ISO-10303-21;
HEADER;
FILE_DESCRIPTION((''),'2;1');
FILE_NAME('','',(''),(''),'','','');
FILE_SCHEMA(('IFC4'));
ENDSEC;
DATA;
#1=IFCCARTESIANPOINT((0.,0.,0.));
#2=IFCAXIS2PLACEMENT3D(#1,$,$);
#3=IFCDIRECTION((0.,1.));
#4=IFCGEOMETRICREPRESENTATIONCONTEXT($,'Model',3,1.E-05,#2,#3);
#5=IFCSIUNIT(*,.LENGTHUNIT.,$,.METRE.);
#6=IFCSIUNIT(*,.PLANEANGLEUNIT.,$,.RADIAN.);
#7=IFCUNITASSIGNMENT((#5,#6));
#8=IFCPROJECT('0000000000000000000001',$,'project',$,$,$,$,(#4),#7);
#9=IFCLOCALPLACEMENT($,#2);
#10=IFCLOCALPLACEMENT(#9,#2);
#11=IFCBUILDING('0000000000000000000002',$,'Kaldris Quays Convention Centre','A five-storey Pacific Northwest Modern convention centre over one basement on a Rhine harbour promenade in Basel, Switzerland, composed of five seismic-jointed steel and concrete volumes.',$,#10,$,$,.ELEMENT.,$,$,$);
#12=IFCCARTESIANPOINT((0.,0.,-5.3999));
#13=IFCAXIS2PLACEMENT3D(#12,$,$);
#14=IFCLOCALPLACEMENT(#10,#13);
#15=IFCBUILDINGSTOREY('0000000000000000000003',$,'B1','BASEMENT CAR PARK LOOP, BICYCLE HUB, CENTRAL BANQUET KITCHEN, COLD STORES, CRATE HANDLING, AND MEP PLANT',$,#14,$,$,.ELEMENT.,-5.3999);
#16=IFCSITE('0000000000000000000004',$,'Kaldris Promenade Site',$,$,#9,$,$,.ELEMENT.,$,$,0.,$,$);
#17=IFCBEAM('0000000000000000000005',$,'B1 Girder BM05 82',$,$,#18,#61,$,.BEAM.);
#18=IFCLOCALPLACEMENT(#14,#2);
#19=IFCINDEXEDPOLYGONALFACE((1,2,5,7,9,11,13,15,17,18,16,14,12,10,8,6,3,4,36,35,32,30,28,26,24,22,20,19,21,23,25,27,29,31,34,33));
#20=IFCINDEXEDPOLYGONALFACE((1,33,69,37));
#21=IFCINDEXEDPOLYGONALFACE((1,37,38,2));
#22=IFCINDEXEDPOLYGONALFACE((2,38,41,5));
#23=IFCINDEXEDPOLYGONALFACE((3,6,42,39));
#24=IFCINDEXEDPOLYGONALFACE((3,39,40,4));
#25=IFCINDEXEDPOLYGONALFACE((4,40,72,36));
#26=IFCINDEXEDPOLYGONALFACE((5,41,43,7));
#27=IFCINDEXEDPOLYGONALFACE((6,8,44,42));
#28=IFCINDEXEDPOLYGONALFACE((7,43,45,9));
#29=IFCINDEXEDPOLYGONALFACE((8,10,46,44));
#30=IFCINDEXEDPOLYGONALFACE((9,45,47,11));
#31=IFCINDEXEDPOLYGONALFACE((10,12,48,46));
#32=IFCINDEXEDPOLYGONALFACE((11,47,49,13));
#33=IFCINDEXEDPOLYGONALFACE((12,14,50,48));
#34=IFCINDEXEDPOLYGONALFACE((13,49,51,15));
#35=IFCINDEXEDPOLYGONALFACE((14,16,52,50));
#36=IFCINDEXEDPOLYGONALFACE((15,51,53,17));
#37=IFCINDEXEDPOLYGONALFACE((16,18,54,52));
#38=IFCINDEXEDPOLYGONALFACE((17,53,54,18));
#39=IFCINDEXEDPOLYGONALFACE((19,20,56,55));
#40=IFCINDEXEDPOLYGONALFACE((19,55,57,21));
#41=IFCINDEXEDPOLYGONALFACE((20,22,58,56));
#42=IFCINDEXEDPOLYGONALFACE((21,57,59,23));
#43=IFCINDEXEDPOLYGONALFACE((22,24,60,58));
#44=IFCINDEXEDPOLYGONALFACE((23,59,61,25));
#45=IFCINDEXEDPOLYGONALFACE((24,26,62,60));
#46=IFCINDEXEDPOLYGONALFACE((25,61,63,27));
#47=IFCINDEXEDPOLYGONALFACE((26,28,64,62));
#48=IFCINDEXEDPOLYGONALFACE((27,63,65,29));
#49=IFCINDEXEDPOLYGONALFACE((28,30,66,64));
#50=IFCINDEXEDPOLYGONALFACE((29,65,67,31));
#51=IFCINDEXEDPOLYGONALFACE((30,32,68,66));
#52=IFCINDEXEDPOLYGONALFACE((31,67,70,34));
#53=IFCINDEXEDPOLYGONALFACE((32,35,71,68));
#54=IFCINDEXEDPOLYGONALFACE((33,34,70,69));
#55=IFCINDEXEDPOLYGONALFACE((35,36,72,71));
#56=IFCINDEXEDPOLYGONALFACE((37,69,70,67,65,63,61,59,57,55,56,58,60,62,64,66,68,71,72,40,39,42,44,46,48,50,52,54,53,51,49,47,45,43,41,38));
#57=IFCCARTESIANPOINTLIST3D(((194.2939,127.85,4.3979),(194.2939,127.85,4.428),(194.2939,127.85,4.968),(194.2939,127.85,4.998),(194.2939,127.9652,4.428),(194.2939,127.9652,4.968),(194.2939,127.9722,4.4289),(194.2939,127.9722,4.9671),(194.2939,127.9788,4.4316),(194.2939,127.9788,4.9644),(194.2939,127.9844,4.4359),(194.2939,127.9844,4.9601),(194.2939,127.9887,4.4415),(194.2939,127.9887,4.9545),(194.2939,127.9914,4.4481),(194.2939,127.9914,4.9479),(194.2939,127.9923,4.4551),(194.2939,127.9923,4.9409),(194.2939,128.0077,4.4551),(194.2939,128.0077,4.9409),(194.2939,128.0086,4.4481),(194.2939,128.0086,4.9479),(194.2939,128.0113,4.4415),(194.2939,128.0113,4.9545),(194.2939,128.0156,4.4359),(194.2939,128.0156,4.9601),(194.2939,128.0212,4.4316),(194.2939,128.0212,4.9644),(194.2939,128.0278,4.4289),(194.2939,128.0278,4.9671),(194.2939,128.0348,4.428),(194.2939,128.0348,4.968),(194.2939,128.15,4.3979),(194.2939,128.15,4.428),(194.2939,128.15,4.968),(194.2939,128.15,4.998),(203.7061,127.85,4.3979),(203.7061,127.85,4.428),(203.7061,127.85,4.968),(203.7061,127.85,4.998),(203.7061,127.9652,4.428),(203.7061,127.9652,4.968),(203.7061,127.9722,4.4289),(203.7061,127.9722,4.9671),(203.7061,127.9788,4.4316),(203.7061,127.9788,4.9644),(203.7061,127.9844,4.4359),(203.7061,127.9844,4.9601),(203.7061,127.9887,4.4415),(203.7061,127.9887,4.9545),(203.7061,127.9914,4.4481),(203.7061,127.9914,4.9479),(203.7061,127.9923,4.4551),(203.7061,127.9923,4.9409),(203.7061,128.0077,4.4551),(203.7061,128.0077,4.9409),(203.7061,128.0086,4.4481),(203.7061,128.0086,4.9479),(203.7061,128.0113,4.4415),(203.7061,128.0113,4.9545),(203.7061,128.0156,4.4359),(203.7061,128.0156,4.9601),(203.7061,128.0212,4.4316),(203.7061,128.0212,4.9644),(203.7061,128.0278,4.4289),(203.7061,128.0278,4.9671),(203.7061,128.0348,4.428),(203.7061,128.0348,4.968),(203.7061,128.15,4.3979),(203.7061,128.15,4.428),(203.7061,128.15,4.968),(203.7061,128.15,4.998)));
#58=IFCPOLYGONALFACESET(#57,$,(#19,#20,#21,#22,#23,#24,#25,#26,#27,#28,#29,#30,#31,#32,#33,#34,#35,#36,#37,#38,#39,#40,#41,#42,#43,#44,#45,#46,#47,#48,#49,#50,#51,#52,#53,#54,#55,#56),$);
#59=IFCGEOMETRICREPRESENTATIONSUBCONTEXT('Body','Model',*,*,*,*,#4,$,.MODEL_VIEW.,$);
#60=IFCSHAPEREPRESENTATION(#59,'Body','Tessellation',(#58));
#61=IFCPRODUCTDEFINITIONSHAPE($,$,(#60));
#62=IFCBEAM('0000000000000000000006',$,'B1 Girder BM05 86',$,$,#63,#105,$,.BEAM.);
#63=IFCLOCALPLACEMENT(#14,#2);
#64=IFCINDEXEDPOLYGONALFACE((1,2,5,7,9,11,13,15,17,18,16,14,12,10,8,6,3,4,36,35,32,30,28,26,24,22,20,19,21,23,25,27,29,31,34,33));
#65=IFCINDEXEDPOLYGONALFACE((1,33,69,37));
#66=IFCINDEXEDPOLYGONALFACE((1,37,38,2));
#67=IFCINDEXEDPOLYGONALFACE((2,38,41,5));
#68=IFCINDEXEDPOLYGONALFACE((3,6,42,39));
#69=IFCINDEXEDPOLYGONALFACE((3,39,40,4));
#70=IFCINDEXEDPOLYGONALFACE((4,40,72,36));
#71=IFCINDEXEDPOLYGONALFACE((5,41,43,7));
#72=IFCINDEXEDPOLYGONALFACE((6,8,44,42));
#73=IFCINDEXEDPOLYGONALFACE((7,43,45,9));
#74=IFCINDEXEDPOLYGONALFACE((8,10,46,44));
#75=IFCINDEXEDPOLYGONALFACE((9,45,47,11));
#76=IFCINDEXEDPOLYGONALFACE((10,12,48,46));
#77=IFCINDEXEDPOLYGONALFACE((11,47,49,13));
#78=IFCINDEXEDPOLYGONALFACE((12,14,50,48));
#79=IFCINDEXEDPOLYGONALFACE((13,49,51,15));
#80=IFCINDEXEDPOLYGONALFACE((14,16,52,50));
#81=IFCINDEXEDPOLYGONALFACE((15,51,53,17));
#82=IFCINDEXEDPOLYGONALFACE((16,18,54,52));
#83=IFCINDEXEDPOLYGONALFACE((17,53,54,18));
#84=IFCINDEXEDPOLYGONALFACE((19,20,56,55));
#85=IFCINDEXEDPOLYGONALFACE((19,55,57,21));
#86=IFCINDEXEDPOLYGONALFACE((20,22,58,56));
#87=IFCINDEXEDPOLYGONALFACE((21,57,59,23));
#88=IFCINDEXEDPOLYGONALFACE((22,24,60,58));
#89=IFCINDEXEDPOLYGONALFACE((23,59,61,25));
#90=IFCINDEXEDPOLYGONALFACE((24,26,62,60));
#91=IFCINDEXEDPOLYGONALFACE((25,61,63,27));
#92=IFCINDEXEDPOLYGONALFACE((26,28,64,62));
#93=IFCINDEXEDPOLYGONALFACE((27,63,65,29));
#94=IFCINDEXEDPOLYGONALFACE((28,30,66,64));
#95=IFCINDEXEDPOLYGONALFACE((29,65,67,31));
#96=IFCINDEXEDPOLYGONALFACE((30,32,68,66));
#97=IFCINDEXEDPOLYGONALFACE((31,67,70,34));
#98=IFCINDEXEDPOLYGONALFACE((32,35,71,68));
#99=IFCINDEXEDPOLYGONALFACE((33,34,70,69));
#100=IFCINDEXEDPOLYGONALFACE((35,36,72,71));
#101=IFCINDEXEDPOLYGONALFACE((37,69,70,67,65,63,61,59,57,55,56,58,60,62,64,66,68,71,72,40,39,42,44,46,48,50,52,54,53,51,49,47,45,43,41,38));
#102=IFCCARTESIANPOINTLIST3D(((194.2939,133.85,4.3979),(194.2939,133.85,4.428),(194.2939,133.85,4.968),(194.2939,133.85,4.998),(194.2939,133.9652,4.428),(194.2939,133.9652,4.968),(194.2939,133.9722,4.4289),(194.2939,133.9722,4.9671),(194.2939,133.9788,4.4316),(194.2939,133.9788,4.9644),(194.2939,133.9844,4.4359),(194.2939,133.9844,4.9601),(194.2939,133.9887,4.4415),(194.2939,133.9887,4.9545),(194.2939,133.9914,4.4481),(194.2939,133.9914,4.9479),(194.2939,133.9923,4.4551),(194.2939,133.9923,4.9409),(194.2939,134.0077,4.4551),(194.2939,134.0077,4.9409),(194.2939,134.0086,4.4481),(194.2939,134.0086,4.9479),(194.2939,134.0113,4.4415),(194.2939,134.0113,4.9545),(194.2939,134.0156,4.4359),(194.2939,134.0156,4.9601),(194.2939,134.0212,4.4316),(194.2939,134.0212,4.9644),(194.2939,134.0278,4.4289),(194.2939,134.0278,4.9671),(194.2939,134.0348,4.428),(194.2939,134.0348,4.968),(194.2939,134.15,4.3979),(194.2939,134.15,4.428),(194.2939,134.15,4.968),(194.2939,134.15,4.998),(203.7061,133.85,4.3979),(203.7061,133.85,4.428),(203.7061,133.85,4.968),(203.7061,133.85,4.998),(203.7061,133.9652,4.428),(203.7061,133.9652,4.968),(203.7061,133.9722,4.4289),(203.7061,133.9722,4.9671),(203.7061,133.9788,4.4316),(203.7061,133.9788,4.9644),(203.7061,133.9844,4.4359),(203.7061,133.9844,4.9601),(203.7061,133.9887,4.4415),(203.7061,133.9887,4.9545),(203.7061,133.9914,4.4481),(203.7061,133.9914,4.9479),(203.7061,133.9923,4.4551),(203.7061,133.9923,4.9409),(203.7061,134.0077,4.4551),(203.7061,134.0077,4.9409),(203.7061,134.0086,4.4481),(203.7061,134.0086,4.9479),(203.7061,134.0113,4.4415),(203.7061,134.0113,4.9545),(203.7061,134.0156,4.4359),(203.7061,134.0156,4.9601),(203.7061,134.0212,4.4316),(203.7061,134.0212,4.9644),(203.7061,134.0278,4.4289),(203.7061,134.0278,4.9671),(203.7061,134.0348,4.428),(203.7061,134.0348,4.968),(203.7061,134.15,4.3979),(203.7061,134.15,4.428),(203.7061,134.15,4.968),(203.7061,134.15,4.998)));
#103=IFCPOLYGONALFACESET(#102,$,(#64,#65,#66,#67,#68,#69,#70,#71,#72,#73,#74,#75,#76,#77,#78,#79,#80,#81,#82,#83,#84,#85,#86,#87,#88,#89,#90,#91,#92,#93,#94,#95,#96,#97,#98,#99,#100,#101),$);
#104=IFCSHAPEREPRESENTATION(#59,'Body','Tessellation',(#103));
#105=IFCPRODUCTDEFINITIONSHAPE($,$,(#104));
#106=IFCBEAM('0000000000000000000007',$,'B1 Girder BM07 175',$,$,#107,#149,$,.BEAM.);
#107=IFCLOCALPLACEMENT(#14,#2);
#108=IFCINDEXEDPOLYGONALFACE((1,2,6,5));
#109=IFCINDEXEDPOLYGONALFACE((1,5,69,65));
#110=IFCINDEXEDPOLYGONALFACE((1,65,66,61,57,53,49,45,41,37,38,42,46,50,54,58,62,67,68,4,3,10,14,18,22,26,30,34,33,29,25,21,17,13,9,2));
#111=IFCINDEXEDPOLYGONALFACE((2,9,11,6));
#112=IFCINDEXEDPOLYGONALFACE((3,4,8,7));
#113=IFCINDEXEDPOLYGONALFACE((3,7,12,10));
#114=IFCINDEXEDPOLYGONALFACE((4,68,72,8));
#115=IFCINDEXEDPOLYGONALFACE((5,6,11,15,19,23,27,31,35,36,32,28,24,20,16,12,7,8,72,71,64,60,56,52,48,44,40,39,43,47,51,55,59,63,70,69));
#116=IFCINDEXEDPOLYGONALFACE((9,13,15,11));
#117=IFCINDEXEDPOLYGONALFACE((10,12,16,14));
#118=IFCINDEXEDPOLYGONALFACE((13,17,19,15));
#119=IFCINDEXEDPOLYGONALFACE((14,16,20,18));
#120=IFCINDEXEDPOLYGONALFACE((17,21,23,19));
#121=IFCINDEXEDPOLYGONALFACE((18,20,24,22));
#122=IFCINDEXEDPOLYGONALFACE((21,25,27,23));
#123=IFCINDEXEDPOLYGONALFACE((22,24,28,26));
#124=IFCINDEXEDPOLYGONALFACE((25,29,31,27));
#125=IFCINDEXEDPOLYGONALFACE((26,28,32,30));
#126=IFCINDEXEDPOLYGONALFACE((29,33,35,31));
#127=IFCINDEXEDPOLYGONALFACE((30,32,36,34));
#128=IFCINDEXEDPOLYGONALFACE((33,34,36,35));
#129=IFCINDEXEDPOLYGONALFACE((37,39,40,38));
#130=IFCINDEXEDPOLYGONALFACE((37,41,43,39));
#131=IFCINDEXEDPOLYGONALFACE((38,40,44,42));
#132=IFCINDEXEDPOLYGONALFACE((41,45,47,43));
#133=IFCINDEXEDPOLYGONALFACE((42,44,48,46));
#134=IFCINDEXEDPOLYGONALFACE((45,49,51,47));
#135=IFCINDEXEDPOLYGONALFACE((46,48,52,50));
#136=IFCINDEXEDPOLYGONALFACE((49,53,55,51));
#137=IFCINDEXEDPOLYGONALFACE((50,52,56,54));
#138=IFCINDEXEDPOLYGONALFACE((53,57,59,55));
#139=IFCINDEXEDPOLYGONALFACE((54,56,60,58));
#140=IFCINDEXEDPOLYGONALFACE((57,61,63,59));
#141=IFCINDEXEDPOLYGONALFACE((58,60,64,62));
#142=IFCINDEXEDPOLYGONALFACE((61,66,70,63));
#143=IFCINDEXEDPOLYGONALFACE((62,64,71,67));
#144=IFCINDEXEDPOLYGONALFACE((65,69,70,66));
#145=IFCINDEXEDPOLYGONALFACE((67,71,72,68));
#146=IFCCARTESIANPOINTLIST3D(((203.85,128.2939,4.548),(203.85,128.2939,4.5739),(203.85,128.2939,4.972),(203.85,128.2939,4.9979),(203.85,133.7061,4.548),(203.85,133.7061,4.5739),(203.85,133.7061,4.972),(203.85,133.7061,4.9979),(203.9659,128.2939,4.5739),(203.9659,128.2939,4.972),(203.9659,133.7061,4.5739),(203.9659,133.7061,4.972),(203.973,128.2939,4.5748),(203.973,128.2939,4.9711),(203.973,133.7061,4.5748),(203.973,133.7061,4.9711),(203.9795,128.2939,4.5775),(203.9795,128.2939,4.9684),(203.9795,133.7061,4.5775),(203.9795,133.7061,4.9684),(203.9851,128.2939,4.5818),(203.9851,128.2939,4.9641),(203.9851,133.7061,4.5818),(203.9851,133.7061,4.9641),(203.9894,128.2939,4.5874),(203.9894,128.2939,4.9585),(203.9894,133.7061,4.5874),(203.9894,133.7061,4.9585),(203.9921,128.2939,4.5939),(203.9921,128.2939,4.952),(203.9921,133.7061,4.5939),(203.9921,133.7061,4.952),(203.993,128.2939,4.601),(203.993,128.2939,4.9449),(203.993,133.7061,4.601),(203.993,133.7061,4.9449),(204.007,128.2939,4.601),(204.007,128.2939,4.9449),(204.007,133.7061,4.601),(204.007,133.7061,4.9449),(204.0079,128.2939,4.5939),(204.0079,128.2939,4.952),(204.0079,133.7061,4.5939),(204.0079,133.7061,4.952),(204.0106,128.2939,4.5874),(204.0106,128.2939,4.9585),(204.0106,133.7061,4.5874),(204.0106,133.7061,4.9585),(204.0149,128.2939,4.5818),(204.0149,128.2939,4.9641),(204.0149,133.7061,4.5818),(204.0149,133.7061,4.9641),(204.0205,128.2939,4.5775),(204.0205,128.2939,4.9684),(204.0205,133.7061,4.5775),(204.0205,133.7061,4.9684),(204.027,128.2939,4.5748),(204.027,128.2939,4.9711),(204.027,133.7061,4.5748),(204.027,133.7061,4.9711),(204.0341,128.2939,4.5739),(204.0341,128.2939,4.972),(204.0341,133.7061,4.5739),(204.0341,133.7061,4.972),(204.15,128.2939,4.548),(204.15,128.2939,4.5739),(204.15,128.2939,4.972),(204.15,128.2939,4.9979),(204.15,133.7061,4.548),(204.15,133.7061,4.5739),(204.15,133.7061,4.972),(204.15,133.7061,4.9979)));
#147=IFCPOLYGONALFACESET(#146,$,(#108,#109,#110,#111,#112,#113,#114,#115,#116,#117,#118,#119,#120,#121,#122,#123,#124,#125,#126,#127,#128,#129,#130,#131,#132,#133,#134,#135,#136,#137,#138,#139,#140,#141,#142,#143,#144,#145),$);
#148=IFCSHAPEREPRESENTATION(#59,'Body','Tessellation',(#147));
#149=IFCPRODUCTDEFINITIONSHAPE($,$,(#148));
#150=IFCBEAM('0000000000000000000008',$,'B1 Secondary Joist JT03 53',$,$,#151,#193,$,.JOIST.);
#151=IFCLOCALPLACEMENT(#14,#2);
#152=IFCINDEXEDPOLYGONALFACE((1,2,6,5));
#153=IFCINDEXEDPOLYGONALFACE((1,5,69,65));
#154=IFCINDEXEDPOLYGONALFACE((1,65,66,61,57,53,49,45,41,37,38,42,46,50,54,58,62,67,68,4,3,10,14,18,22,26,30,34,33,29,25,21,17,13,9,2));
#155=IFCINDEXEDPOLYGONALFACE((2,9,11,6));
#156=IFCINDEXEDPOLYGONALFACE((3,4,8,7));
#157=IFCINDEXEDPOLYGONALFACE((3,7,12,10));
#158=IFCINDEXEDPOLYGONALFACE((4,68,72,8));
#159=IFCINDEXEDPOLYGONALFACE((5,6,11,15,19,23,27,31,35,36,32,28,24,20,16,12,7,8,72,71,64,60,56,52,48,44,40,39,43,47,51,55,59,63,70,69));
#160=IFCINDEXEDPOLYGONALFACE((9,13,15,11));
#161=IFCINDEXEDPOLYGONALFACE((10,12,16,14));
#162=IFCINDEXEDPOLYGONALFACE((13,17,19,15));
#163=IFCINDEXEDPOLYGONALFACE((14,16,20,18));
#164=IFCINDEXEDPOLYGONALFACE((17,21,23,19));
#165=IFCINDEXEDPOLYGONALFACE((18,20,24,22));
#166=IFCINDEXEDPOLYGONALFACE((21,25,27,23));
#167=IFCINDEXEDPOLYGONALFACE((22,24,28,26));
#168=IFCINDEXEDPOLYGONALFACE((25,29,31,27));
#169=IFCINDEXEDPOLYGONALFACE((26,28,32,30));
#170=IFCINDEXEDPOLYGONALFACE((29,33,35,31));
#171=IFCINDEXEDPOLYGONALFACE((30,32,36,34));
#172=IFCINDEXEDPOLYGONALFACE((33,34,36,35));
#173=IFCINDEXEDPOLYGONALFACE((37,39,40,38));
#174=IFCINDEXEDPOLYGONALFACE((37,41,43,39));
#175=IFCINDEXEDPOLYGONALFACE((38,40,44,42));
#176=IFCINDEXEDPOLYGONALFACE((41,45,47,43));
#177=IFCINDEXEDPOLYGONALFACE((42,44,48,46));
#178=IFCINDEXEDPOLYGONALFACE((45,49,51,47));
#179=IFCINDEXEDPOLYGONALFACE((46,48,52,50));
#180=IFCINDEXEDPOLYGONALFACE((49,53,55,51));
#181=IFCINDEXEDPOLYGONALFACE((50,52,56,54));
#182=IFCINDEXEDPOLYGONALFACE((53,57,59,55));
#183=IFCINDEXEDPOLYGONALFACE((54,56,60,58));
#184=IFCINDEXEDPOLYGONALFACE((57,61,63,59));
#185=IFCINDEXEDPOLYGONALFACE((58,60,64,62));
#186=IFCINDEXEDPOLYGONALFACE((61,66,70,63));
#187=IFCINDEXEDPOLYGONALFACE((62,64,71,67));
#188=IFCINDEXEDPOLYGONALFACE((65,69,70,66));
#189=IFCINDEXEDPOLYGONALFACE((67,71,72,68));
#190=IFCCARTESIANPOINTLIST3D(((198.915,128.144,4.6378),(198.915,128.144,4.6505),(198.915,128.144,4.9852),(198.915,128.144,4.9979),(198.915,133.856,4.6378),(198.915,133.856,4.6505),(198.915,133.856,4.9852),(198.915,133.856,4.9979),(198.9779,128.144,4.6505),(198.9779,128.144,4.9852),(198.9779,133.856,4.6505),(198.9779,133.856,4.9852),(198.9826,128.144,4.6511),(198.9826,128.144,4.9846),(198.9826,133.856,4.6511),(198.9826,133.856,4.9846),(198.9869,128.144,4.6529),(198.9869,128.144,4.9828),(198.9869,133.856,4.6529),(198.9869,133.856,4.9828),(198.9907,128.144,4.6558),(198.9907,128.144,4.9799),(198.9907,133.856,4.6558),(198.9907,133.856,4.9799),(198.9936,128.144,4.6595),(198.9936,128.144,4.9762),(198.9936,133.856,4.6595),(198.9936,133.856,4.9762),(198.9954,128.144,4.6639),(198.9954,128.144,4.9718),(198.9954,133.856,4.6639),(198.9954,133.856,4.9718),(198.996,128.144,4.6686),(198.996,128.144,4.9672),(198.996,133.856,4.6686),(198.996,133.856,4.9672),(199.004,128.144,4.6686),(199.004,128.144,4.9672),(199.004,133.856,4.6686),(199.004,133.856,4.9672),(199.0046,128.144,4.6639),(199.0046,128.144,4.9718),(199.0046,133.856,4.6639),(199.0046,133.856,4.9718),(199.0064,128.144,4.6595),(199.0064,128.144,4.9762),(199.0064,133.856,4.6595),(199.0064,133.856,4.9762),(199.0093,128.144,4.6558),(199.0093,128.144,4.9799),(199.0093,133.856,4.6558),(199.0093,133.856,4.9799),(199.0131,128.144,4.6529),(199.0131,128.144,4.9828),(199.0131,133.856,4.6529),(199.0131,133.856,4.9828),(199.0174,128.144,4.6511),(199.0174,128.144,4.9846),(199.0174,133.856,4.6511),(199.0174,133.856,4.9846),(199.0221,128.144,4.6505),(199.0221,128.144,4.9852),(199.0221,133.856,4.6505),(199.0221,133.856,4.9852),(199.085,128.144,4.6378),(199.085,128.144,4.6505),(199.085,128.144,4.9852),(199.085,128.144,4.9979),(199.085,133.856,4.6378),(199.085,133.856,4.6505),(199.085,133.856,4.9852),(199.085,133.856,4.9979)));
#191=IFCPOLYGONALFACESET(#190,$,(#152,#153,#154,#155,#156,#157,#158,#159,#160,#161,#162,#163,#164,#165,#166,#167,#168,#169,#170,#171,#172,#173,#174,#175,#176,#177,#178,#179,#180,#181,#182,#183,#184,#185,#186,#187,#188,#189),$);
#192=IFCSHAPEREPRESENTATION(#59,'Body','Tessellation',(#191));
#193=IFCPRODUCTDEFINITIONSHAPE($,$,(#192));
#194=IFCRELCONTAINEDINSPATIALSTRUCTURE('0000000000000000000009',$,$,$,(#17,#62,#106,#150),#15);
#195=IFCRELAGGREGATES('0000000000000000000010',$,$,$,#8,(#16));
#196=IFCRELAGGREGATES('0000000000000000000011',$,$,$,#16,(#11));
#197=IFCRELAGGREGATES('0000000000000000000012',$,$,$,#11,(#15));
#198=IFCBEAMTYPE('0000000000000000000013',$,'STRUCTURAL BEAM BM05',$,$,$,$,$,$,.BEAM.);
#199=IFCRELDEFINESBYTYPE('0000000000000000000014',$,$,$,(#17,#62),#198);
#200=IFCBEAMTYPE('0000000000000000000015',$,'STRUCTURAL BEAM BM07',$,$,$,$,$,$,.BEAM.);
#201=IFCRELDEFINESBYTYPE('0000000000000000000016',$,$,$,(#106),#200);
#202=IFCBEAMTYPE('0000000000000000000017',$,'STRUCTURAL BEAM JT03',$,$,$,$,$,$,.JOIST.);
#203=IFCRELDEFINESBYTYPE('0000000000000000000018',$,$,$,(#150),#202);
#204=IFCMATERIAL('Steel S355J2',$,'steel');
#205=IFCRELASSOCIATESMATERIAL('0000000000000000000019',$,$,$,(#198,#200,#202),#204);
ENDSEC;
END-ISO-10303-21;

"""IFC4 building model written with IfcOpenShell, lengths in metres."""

from ifc_helpers import new_model, si_unit, direction, frame, origin, origin_2d, place, context, subcontext, project, spatial, i_section, extrude, material, material_profile, profile_set, type_object, element, save


model = new_model("IFC4")

# Units and contexts
model_context = context("Model", 3, precision=1e-05, world=origin(), true_north=direction((0.0, 1.0)))
body_context = subcontext(model_context, "Body", "Model", "MODEL_VIEW")
ifc_project = project(units=[si_unit("LENGTHUNIT", "METRE"), si_unit("PLANEANGLEUNIT", "RADIAN")], contexts=[model_context])

# Site, building, storey
site_placement = place(None, origin())
site = spatial("IfcSite", under=ifc_project, at=site_placement, Name="Kaldris Promenade Site", CompositionType="ELEMENT", RefElevation=0.0)
building_placement = place(site_placement, origin())
building = spatial("IfcBuilding", under=site, at=building_placement, Name="Kaldris Quays Convention Centre", Description="A five-storey Pacific Northwest Modern convention centre over one basement on a Rhine harbour promenade in Basel, Switzerland, composed of five seismic-jointed steel and concrete volumes.", CompositionType="ELEMENT")
storey_placement = place(building_placement, frame((0.0, 0.0, -5.3999)))
storey = spatial("IfcBuildingStorey", under=building, at=storey_placement, Name="B1", Description="BASEMENT CAR PARK LOOP, BICYCLE HUB, CENTRAL BANQUET KITCHEN, COLD STORES, CRATE HANDLING, AND MEP PLANT", CompositionType="ELEMENT", Elevation=-5.3999)

# Beams
ifc_material_1 = material(Name="Steel S355J2", Category="steel")
ifc_material_profile_1 = material_profile(ifc_material_1, i_section(OverallWidth=0.3, OverallDepth=0.6001, WebThickness=0.0154, FlangeThickness=0.03, FilletRadius=0.0271, at=origin_2d()), Name="HEB 600")
ifc_profile_set_1 = profile_set([ifc_material_profile_1], Name="Steel S355J2")
beam_type_1 = type_object("IfcBeamType", Name="STRUCTURAL BEAM BM05", PredefinedType="BEAM", material=ifc_profile_set_1)
for number, where, z_axis, x_axis, name in (
    (1, (194.2939, 128.0, 4.698), (1.0, 0.0, 0.0), (0.0, 1.0, 0.0), "B1 Girder BM05 82"),
    (2, (194.2939, 134.0, 4.698), (1.0, 0.0, 0.0), (0.0, 1.0, 0.0), "B1 Girder BM05 86"),
):
    element("IfcBeam", number, at=place(storey_placement, frame(where, z_axis=z_axis, x_axis=x_axis)), inside=storey, type_object=beam_type_1, Name=name, PredefinedType="BEAM", context=body_context, shape_type="SweptSolid", body=[
        extrude(i_section(OverallWidth=0.3, OverallDepth=0.6001, WebThickness=0.0154, FlangeThickness=0.03, FilletRadius=0.0271, at=origin_2d()), origin(), (0.0, 0.0, 1.0), 9.4121),
    ])
ifc_material_profile_2 = material_profile(ifc_material_1, i_section(OverallWidth=0.3, OverallDepth=0.45, WebThickness=0.0139, FlangeThickness=0.0259, FilletRadius=0.0271, at=origin_2d()), Name="HEB 450")
ifc_profile_set_2 = profile_set([ifc_material_profile_2], Name="Steel S355J2")
beam_type_2 = type_object("IfcBeamType", Name="STRUCTURAL BEAM BM07", PredefinedType="BEAM", material=ifc_profile_set_2)
beam_1_placement = place(storey_placement, frame((204.0, 128.2939, 4.7729), z_axis=(0.0, 1.0, 0.0), x_axis=(-1.0, 0.0, 0.0)))
element("IfcBeam", 3, at=beam_1_placement, inside=storey, type_object=beam_type_2, Name="B1 Girder BM07 175", PredefinedType="BEAM", context=body_context, shape_type="SweptSolid", body=[
    extrude(i_section(OverallWidth=0.3, OverallDepth=0.45, WebThickness=0.0139, FlangeThickness=0.0259, FilletRadius=0.0271, at=origin_2d()), origin(), (0.0, 0.0, 1.0), 5.4121),
])
ifc_material_profile_3 = material_profile(ifc_material_1, i_section(OverallWidth=0.1699, OverallDepth=0.3601, WebThickness=0.0081, FlangeThickness=0.0127, FilletRadius=0.0181, at=origin_2d()), Name="IPE 360")
ifc_profile_set_3 = profile_set([ifc_material_profile_3], Name="Steel S355J2")
beam_type_3 = type_object("IfcBeamType", Name="STRUCTURAL BEAM JT03", PredefinedType="JOIST", material=ifc_profile_set_3)
beam_2_placement = place(storey_placement, frame((199.0, 128.144, 4.8179), z_axis=(0.0, 1.0, 0.0), x_axis=(-1.0, 0.0, 0.0)))
element("IfcBeam", 4, at=beam_2_placement, inside=storey, type_object=beam_type_3, Name="B1 Secondary Joist JT03 53", PredefinedType="JOIST", context=body_context, shape_type="SweptSolid", body=[
    extrude(i_section(OverallWidth=0.1699, OverallDepth=0.3601, WebThickness=0.0081, FlangeThickness=0.0127, FilletRadius=0.0181, at=origin_2d()), origin(), (0.0, 0.0, 1.0), 5.7119),
])

save(model, "model.ifc")
